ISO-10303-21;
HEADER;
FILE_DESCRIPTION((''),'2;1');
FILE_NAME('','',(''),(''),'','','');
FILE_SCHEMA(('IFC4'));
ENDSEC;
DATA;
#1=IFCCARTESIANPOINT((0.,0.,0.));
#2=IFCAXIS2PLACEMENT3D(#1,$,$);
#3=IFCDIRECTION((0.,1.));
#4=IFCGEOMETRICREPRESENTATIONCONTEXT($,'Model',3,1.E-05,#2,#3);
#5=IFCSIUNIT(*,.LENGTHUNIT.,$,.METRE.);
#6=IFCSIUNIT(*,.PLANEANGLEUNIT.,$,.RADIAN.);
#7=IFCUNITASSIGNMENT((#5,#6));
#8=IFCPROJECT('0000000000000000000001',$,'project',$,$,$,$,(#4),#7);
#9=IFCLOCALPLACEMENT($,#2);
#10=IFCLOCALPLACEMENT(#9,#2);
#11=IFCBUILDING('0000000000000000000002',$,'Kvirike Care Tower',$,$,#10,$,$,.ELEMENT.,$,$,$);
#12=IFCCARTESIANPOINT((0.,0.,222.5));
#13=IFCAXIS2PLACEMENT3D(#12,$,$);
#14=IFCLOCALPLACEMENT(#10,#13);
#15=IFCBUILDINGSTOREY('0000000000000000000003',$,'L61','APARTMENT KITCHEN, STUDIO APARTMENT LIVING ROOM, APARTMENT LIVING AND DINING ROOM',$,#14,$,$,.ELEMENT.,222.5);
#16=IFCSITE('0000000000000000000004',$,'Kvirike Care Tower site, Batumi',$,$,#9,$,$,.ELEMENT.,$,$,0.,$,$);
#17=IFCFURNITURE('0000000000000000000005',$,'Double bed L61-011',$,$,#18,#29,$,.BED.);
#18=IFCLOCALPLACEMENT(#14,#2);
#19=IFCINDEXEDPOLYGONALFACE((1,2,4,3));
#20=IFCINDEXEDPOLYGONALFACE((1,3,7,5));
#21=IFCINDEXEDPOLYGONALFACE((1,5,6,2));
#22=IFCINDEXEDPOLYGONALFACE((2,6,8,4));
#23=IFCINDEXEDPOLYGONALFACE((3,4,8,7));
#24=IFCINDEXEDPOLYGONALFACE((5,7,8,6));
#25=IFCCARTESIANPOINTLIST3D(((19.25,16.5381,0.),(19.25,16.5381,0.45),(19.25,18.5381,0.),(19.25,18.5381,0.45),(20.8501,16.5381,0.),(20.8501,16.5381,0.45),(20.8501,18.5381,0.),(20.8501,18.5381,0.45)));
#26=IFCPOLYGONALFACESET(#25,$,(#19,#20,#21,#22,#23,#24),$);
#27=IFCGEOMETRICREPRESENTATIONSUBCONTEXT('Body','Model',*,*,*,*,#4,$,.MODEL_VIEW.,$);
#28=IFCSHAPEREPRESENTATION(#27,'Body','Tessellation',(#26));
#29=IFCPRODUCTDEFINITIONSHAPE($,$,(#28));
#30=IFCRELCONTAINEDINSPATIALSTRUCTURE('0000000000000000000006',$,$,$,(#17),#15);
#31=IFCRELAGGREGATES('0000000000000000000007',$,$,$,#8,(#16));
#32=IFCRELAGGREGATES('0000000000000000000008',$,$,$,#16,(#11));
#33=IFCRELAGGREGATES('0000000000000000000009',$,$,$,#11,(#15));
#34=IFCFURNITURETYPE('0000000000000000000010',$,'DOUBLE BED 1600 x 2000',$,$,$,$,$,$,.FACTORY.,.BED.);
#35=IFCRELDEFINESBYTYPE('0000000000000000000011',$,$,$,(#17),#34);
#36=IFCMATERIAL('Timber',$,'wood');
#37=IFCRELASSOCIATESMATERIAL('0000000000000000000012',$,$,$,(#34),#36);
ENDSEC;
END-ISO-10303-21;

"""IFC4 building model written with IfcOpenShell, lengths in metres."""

from ifc_helpers import new_model, si_unit, direction, frame, origin, origin_2d, place, context, subcontext, project, spatial, rectangle, extrude, material, type_object, element, save


model = new_model("IFC4")

# Units and contexts
model_context = context("Model", 3, precision=1e-05, world=origin(), true_north=direction((0.0, 1.0)))
body_context = subcontext(model_context, "Body", "Model", "MODEL_VIEW")
ifc_project = project(units=[si_unit("LENGTHUNIT", "METRE"), si_unit("PLANEANGLEUNIT", "RADIAN")], contexts=[model_context])

# Site, building, storey
site_placement = place(None, origin())
site = spatial("IfcSite", under=ifc_project, at=site_placement, Name="Kvirike Care Tower site, Batumi", CompositionType="ELEMENT", RefElevation=0.0)
building_placement = place(site_placement, origin())
building = spatial("IfcBuilding", under=site, at=building_placement, Name="Kvirike Care Tower", CompositionType="ELEMENT")
storey_placement = place(building_placement, frame((0.0, 0.0, 222.5)))
storey = spatial("IfcBuildingStorey", under=building, at=storey_placement, Name="L61", Description="APARTMENT KITCHEN, STUDIO APARTMENT LIVING ROOM, APARTMENT LIVING AND DINING ROOM", CompositionType="ELEMENT", Elevation=222.5)

# Furniture
ifc_material_1 = material(Name="Timber", Category="wood")
furniture_type = type_object("IfcFurnitureType", Name="DOUBLE BED 1600 x 2000", AssemblyPlace="FACTORY", PredefinedType="BED", material=ifc_material_1)
furniture_placement = place(storey_placement, frame((20.05, 17.5381, 0.0), z_axis=(0.0, 0.0, 1.0), x_axis=(1.0, 0.0, 0.0)))
element("IfcFurniture", 1, at=furniture_placement, inside=storey, type_object=furniture_type, Name="Double bed L61-011", PredefinedType="BED", context=body_context, shape_type="SweptSolid", body=[
    extrude(rectangle(XDim=1.6001, YDim=2.0, at=origin_2d()), origin(), (0.0, 0.0, 1.0), 0.45),
])

save(model, "model.ifc")
